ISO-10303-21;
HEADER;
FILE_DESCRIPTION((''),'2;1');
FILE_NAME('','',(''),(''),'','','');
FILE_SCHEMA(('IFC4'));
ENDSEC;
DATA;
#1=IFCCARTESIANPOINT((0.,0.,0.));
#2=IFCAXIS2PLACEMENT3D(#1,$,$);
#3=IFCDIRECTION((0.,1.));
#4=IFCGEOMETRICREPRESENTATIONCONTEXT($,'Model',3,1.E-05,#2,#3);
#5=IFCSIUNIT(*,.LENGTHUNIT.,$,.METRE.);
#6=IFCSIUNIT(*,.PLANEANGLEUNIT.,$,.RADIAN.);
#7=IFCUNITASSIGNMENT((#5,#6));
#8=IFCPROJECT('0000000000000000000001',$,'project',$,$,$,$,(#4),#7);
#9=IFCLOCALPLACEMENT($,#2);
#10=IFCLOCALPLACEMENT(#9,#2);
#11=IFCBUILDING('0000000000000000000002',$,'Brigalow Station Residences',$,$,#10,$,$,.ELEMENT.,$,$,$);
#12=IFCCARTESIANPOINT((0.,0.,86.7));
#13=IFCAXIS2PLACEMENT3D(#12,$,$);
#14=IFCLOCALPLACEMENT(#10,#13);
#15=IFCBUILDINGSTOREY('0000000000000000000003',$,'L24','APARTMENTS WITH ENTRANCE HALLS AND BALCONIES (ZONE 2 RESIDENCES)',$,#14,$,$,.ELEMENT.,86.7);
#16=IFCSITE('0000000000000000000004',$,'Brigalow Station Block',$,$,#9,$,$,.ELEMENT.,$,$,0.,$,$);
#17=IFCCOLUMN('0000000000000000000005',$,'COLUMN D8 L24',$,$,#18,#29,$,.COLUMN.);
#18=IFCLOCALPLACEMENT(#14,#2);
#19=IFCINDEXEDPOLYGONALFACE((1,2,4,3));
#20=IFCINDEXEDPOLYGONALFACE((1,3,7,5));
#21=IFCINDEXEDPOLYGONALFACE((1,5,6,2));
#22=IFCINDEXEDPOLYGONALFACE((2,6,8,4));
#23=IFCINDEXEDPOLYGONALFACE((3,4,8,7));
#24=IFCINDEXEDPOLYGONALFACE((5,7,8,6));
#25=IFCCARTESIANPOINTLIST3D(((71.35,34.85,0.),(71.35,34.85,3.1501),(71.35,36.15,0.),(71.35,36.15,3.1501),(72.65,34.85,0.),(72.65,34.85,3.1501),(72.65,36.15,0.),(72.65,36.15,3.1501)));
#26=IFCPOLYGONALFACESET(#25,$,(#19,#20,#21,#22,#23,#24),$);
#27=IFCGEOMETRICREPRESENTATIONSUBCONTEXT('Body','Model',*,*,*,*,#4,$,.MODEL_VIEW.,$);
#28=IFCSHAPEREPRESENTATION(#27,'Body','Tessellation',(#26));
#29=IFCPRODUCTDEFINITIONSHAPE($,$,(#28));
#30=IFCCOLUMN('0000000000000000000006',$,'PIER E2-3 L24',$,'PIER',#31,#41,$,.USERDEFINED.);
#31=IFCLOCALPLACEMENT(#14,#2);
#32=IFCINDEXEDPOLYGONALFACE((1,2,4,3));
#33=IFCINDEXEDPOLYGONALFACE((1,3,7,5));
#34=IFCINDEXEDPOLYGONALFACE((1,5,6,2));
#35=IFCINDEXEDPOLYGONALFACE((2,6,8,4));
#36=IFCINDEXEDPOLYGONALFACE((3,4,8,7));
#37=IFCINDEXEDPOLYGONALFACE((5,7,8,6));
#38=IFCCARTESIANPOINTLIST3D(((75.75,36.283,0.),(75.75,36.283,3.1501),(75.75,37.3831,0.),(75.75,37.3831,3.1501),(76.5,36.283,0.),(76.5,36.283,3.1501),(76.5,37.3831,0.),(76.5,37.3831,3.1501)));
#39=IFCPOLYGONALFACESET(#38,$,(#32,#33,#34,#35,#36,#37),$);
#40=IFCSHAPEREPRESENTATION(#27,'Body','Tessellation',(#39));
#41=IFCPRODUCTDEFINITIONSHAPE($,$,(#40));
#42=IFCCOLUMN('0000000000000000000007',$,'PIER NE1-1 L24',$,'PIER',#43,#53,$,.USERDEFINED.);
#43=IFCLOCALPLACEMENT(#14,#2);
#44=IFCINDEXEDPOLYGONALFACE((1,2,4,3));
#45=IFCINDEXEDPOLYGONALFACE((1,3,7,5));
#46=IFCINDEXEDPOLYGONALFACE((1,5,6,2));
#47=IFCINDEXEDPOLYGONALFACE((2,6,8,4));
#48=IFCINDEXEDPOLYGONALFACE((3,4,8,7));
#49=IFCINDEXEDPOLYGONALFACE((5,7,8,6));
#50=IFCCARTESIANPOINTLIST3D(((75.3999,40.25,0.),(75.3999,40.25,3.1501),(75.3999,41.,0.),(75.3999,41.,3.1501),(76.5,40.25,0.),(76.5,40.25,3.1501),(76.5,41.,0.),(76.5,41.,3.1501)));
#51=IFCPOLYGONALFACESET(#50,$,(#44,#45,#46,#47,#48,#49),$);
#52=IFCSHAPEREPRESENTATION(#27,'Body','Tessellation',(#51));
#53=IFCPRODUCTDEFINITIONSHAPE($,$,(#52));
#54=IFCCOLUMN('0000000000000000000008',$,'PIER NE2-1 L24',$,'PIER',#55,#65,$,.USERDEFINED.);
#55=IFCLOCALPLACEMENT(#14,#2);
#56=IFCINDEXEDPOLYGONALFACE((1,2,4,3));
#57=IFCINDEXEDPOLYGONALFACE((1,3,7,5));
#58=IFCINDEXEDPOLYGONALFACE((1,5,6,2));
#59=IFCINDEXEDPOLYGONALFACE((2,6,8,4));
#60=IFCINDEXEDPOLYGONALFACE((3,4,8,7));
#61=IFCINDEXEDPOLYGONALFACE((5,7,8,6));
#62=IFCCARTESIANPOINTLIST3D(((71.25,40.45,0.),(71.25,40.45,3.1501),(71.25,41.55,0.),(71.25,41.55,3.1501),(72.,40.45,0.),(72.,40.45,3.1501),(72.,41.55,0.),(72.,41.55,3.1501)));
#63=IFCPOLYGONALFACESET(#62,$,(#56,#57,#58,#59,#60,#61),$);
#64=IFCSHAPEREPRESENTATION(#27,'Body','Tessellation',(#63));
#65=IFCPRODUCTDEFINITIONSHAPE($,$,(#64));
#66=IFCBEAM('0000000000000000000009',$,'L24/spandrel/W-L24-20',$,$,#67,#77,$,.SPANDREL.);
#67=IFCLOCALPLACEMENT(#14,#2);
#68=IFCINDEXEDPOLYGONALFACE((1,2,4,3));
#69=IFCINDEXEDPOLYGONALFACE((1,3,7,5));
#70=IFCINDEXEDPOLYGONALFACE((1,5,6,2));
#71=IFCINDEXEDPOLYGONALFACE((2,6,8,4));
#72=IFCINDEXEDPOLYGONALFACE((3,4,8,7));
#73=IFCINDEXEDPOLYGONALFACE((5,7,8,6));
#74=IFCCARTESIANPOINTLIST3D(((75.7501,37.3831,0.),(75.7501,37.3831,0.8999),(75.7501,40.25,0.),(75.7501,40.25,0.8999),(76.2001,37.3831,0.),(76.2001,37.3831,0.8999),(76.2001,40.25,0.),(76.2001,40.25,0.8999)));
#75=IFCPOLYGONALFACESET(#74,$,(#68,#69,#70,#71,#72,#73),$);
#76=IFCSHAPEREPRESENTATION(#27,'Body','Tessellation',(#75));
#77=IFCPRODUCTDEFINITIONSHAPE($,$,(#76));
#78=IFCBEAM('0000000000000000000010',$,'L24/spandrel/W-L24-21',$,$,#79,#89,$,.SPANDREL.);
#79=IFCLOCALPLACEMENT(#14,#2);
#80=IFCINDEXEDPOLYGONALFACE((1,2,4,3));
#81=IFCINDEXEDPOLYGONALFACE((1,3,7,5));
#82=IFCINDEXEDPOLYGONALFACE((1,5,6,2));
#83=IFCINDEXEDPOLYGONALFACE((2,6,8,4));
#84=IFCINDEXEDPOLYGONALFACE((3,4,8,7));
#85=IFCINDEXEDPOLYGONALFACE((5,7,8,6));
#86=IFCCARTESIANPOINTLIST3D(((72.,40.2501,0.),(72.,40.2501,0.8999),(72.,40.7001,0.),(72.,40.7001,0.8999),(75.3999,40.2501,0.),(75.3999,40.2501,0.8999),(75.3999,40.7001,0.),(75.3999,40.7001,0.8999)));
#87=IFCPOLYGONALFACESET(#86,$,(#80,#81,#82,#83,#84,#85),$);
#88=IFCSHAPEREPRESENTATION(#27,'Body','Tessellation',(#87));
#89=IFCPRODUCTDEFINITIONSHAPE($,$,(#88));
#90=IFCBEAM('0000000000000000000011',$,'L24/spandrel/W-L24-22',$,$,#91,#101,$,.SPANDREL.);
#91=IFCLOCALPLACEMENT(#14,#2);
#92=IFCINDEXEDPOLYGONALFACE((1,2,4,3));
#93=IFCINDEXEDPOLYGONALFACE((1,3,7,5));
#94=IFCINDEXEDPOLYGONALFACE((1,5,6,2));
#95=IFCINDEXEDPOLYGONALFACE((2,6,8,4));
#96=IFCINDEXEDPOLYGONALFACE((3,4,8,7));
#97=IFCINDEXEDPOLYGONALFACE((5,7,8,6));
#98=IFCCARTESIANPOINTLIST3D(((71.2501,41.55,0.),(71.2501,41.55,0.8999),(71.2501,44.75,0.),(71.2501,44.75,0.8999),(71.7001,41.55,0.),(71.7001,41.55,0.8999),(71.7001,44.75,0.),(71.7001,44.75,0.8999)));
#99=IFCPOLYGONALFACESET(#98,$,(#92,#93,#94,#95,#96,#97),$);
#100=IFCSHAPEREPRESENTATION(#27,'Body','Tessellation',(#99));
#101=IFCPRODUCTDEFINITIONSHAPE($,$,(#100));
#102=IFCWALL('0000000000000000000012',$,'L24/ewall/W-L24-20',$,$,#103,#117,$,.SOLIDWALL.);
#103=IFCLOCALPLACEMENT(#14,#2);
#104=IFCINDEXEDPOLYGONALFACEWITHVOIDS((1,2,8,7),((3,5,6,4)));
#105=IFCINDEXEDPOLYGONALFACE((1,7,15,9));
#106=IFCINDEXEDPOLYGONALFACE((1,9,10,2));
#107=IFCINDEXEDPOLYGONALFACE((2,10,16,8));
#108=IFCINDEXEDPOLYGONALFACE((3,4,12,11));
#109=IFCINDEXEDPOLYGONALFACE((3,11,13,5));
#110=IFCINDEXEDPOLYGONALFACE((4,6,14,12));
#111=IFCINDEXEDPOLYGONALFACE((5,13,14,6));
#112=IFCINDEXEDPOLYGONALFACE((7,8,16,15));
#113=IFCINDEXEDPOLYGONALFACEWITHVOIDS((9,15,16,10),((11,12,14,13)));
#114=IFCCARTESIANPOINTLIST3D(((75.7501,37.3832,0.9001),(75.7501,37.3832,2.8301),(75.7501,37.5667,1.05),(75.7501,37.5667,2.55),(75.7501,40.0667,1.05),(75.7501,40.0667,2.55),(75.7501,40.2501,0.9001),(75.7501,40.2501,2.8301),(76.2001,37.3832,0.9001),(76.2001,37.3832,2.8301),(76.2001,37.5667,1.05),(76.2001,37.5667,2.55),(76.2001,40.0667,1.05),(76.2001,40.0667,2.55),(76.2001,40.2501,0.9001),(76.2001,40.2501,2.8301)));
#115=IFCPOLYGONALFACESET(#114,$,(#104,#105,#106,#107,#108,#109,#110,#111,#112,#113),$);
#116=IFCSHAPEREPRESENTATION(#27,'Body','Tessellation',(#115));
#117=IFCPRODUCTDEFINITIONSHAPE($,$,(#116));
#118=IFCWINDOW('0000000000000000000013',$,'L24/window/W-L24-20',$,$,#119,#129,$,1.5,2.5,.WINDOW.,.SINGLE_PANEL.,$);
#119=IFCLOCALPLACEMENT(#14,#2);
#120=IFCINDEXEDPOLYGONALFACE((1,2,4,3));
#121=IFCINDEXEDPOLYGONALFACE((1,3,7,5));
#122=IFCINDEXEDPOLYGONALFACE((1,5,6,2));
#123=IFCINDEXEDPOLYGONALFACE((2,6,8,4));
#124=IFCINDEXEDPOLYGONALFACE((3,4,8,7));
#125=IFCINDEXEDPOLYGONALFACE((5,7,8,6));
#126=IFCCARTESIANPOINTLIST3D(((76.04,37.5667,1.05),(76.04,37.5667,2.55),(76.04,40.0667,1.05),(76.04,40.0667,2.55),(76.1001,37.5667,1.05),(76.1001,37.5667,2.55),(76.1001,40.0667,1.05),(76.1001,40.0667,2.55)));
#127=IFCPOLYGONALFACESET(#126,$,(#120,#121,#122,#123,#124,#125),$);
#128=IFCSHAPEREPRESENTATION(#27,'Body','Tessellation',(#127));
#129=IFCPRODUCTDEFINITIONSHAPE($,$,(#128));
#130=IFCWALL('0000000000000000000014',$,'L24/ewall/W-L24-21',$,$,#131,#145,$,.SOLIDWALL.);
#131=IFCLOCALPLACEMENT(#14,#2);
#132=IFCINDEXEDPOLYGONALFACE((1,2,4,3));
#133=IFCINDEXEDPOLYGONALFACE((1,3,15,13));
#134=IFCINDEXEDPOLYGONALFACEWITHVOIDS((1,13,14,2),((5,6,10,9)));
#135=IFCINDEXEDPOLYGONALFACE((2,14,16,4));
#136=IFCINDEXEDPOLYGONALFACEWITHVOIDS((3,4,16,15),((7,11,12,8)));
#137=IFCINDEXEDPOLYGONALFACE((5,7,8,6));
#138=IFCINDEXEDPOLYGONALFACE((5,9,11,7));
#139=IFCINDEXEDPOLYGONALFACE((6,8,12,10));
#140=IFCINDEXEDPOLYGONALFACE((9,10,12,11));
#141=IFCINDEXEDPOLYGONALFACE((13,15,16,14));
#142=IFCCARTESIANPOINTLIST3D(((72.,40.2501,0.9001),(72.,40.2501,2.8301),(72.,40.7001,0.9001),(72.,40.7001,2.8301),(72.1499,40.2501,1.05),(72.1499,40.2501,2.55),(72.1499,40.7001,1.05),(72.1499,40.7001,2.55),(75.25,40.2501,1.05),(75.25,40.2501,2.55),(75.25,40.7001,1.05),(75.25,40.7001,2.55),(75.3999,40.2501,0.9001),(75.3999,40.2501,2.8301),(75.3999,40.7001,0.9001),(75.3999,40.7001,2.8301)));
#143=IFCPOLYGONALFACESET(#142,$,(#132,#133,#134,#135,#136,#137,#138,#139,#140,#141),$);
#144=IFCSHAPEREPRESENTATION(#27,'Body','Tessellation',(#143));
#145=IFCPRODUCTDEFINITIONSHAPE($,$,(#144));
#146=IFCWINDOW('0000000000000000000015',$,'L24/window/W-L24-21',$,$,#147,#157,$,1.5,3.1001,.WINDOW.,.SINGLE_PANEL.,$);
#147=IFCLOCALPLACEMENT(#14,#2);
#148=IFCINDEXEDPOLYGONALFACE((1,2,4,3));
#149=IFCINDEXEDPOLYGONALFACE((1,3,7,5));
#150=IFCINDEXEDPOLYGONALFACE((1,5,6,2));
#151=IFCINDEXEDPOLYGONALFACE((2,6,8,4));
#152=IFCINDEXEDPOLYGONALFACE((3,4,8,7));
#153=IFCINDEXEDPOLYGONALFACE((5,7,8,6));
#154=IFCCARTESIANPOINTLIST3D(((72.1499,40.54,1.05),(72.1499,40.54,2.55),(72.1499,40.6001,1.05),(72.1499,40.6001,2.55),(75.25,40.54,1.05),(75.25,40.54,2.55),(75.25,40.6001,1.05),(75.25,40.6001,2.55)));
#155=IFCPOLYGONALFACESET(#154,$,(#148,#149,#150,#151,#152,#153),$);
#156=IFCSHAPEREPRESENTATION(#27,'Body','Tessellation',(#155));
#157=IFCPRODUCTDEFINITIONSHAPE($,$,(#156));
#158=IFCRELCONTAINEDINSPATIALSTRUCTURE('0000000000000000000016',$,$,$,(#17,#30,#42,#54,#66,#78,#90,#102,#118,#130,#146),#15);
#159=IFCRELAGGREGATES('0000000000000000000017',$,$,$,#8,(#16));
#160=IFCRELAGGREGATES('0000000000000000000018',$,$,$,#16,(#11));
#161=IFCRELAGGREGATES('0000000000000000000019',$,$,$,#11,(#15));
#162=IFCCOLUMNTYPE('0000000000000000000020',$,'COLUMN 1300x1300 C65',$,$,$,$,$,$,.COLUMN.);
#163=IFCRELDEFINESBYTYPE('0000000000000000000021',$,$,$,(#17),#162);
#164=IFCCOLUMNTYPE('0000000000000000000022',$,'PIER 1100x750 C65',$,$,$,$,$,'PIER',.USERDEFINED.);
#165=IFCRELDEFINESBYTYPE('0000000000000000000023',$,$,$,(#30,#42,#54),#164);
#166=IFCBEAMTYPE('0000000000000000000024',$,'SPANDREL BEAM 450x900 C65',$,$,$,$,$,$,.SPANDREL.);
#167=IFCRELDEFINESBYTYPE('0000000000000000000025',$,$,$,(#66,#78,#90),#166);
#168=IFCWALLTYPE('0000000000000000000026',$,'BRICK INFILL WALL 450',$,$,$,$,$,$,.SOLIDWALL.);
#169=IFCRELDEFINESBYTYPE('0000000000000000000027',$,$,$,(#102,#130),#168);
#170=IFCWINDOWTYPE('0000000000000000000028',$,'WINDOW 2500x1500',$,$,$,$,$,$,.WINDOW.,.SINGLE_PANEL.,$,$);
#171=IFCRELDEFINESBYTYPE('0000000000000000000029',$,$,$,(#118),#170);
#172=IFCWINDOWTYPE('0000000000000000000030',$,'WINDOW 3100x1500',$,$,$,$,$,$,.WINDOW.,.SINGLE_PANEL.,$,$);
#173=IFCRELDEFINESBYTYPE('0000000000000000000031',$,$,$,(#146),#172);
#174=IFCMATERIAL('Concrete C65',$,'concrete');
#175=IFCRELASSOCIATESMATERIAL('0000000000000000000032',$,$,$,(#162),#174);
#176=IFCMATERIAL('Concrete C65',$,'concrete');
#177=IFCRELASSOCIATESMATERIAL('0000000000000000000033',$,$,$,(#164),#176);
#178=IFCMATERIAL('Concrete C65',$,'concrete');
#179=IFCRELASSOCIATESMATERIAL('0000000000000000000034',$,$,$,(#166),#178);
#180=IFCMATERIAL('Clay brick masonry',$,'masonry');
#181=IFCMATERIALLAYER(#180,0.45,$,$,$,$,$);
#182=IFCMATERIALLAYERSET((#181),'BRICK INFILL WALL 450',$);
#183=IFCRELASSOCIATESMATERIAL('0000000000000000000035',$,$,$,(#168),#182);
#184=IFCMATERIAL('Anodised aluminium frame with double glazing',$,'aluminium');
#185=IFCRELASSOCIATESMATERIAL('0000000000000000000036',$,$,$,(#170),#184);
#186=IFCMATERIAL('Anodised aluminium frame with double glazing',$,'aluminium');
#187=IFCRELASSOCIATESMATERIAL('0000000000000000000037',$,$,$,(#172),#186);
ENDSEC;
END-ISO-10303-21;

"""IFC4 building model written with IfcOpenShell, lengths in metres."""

from ifc_helpers import new_model, si_unit, direction, frame, frame_2d, origin, origin_2d, place, context, subcontext, project, spatial, rectangle, extrude, material, layer, layer_set, material_profile, profile_set, type_object, element, fill, save


model = new_model("IFC4")

# Units and contexts
model_context = context("Model", 3, precision=1e-05, world=origin(), true_north=direction((0.0, 1.0)))
body_context = subcontext(model_context, "Body", "Model", "MODEL_VIEW")
ifc_project = project(units=[si_unit("LENGTHUNIT", "METRE"), si_unit("PLANEANGLEUNIT", "RADIAN")], contexts=[model_context])

# Site, building, storey
site_placement = place(None, origin())
site = spatial("IfcSite", under=ifc_project, at=site_placement, Name="Brigalow Station Block", CompositionType="ELEMENT", RefElevation=0.0)
building_placement = place(site_placement, origin())
building = spatial("IfcBuilding", under=site, at=building_placement, Name="Brigalow Station Residences", CompositionType="ELEMENT")
storey_placement = place(building_placement, frame((0.0, 0.0, 86.7)))
storey = spatial("IfcBuildingStorey", under=building, at=storey_placement, Name="L24", Description="APARTMENTS WITH ENTRANCE HALLS AND BALCONIES (ZONE 2 RESIDENCES)", CompositionType="ELEMENT", Elevation=86.7)

# Columns
ifc_material_1 = material(Name="Concrete C65", Category="concrete")
ifc_material_profile_1 = material_profile(ifc_material_1, rectangle(XDim=1.3, YDim=1.3, at=origin_2d()), Name="RC1300x1300")
ifc_profile_set_1 = profile_set([ifc_material_profile_1], Name="Concrete C65")
column_type_1 = type_object("IfcColumnType", Name="COLUMN 1300x1300 C65", PredefinedType="COLUMN", material=ifc_profile_set_1)
column_placement = place(storey_placement, frame((72.0, 35.5, 0.0), z_axis=(0.0, 0.0, 1.0), x_axis=(1.0, 0.0, 0.0)))
element("IfcColumn", 1, at=column_placement, inside=storey, type_object=column_type_1, Name="COLUMN D8 L24", PredefinedType="COLUMN", context=body_context, shape_type="SweptSolid", body=[
    extrude(rectangle(XDim=1.3, YDim=1.3, at=origin_2d()), origin(), (0.0, 0.0, 1.0), 3.1501),
])
ifc_material_2 = material(Name="Concrete C65", Category="concrete")
ifc_material_profile_2 = material_profile(ifc_material_2, rectangle(XDim=1.1001, YDim=0.75, at=origin_2d()), Name="RC1100x750")
ifc_profile_set_2 = profile_set([ifc_material_profile_2], Name="Concrete C65")
column_type_2 = type_object("IfcColumnType", Name="PIER 1100x750 C65", ElementType="PIER", PredefinedType="USERDEFINED", material=ifc_profile_set_2)
for number, where, z_axis, x_axis, name in (
    (2, (76.125, 36.833, 0.0), (0.0, 0.0, 1.0), (0.0, 1.0, 0.0), "PIER E2-3 L24"),
    (3, (75.95, 40.625, 0.0), (0.0, 0.0, 1.0), (-1.0, 0.0, 0.0), "PIER NE1-1 L24"),
    (4, (71.625, 41.0, 0.0), (0.0, 0.0, 1.0), (0.0, 1.0, 0.0), "PIER NE2-1 L24"),
):
    element("IfcColumn", number, at=place(storey_placement, frame(where, z_axis=z_axis, x_axis=x_axis)), inside=storey, type_object=column_type_2, Name=name, ObjectType="PIER", PredefinedType="USERDEFINED", context=body_context, shape_type="SweptSolid", body=[
        extrude(rectangle(XDim=1.1001, YDim=0.75, at=origin_2d()), origin(), (0.0, 0.0, 1.0), 3.1501),
    ])

# Beams
ifc_material_3 = material(Name="Concrete C65", Category="concrete")
ifc_material_profile_3 = material_profile(ifc_material_3, rectangle(XDim=0.45, YDim=0.8999, at=origin_2d()), Name="RC450x900")
ifc_profile_set_3 = profile_set([ifc_material_profile_3], Name="Concrete C65")
beam_type = type_object("IfcBeamType", Name="SPANDREL BEAM 450x900 C65", PredefinedType="SPANDREL", material=ifc_profile_set_3)
beam_1_placement = place(storey_placement, frame((75.9751, 37.3831, 0.45), z_axis=(0.0, 1.0, 0.0), x_axis=(-1.0, 0.0, 0.0)))
element("IfcBeam", 5, at=beam_1_placement, inside=storey, type_object=beam_type, Name="L24/spandrel/W-L24-20", PredefinedType="SPANDREL", context=body_context, shape_type="SweptSolid", body=[
    extrude(rectangle(XDim=0.45, YDim=0.8999, at=origin_2d()), origin(), (0.0, 0.0, 1.0), 2.8669),
])
beam_2_placement = place(storey_placement, frame((75.3999, 40.4751, 0.45), z_axis=(-1.0, 0.0, 0.0), x_axis=(0.0, -1.0, 0.0)))
element("IfcBeam", 6, at=beam_2_placement, inside=storey, type_object=beam_type, Name="L24/spandrel/W-L24-21", PredefinedType="SPANDREL", context=body_context, shape_type="SweptSolid", body=[
    extrude(rectangle(XDim=0.45, YDim=0.8999, at=origin_2d()), origin(), (0.0, 0.0, 1.0), 3.3999),
])
beam_3_placement = place(storey_placement, frame((71.4751, 41.55, 0.45), z_axis=(0.0, 1.0, 0.0), x_axis=(-1.0, 0.0, 0.0)))
element("IfcBeam", 7, at=beam_3_placement, inside=storey, type_object=beam_type, Name="L24/spandrel/W-L24-22", PredefinedType="SPANDREL", context=body_context, shape_type="SweptSolid", body=[
    extrude(rectangle(XDim=0.45, YDim=0.8999, at=origin_2d()), origin(), (0.0, 0.0, 1.0), 3.2),
])

# Walls, openings, windows
ifc_material_4 = material(Name="Clay brick masonry", Category="masonry")
ifc_layer_1 = layer(ifc_material_4, 0.45)
ifc_layer_set_1 = layer_set([ifc_layer_1], Name="BRICK INFILL WALL 450")
wall_type_1 = type_object("IfcWallType", Name="BRICK INFILL WALL 450", PredefinedType="SOLIDWALL", material=ifc_layer_set_1)
wall_1_placement = place(storey_placement, frame((75.9751, 37.3831, 0.9001), z_axis=(0.0, 0.0, 1.0), x_axis=(0.0, 1.0, 0.0)))
wall_1 = element("IfcWall", 8, at=wall_1_placement, inside=storey, type_object=wall_type_1, Name="L24/ewall/W-L24-20", PredefinedType="SOLIDWALL", context=body_context, shape_type="SweptSolid", body=[
    extrude(rectangle(XDim=2.8669, YDim=0.45, at=frame_2d((1.4336, 0.0))), origin(), (0.0, 0.0, 1.0), 1.9299),
])
opening_1_placement = place(wall_1_placement, frame((0.1836, 0.0, 0.1499)))
opening_1 = element("IfcOpeningElement", 9, at=opening_1_placement, cuts=wall_1, PredefinedType="OPENING", context=body_context, shape_type="SweptSolid", body=[
    extrude(rectangle(XDim=2.5, YDim=1.5, at=frame_2d((1.25, 0.75))), frame((0.0, 0.2349, 0.0), z_axis=(0.0, -1.0, 0.0), x_axis=(1.0, 0.0, 0.0)), (0.0, 0.0, 1.0), 0.47),
])
ifc_material_5 = material(Name="Anodised aluminium frame with double glazing", Category="aluminium")
window_type_1 = type_object("IfcWindowType", Name="WINDOW 2500x1500", PartitioningType="SINGLE_PANEL", PredefinedType="WINDOW", material=ifc_material_5)
window_1_placement = place(opening_1_placement, origin())
window_1 = element("IfcWindow", 10, at=window_1_placement, inside=storey, type_object=window_type_1, Name="L24/window/W-L24-20", OverallHeight=1.5, OverallWidth=2.5, PartitioningType="SINGLE_PANEL", PredefinedType="WINDOW", context=body_context, shape_type="SweptSolid", body=[
    extrude(rectangle(XDim=2.5, YDim=1.5, at=frame_2d((1.25, 0.75))), frame((0.0, -0.0649, 0.0), z_axis=(0.0, -1.0, 0.0), x_axis=(1.0, 0.0, 0.0)), (0.0, 0.0, 1.0), 0.0601),
])
fill(opening_1, window_1)
wall_2_placement = place(storey_placement, frame((75.3999, 40.4751, 0.9001), z_axis=(0.0, 0.0, 1.0), x_axis=(-1.0, 0.0, 0.0)))
wall_2 = element("IfcWall", 11, at=wall_2_placement, inside=storey, type_object=wall_type_1, Name="L24/ewall/W-L24-21", PredefinedType="SOLIDWALL", context=body_context, shape_type="SweptSolid", body=[
    extrude(rectangle(XDim=3.3999, YDim=0.45, at=frame_2d((1.7, 0.0))), origin(), (0.0, 0.0, 1.0), 1.9299),
])
opening_2_placement = place(wall_2_placement, frame((0.1499, 0.0, 0.1499)))
opening_2 = element("IfcOpeningElement", 12, at=opening_2_placement, cuts=wall_2, PredefinedType="OPENING", context=body_context, shape_type="SweptSolid", body=[
    extrude(rectangle(XDim=3.1001, YDim=1.5, at=frame_2d((1.55, 0.75))), frame((0.0, 0.2349, 0.0), z_axis=(0.0, -1.0, 0.0), x_axis=(1.0, 0.0, 0.0)), (0.0, 0.0, 1.0), 0.47),
])
ifc_material_6 = material(Name="Anodised aluminium frame with double glazing", Category="aluminium")
window_type_2 = type_object("IfcWindowType", Name="WINDOW 3100x1500", PartitioningType="SINGLE_PANEL", PredefinedType="WINDOW", material=ifc_material_6)
window_2_placement = place(opening_2_placement, origin())
window_2 = element("IfcWindow", 13, at=window_2_placement, inside=storey, type_object=window_type_2, Name="L24/window/W-L24-21", OverallHeight=1.5, OverallWidth=3.1001, PartitioningType="SINGLE_PANEL", PredefinedType="WINDOW", context=body_context, shape_type="SweptSolid", body=[
    extrude(rectangle(XDim=3.1001, YDim=1.5, at=frame_2d((1.55, 0.75))), frame((0.0, -0.0649, 0.0), z_axis=(0.0, -1.0, 0.0), x_axis=(1.0, 0.0, 0.0)), (0.0, 0.0, 1.0), 0.0601),
])
fill(opening_2, window_2)

save(model, "model.ifc")
